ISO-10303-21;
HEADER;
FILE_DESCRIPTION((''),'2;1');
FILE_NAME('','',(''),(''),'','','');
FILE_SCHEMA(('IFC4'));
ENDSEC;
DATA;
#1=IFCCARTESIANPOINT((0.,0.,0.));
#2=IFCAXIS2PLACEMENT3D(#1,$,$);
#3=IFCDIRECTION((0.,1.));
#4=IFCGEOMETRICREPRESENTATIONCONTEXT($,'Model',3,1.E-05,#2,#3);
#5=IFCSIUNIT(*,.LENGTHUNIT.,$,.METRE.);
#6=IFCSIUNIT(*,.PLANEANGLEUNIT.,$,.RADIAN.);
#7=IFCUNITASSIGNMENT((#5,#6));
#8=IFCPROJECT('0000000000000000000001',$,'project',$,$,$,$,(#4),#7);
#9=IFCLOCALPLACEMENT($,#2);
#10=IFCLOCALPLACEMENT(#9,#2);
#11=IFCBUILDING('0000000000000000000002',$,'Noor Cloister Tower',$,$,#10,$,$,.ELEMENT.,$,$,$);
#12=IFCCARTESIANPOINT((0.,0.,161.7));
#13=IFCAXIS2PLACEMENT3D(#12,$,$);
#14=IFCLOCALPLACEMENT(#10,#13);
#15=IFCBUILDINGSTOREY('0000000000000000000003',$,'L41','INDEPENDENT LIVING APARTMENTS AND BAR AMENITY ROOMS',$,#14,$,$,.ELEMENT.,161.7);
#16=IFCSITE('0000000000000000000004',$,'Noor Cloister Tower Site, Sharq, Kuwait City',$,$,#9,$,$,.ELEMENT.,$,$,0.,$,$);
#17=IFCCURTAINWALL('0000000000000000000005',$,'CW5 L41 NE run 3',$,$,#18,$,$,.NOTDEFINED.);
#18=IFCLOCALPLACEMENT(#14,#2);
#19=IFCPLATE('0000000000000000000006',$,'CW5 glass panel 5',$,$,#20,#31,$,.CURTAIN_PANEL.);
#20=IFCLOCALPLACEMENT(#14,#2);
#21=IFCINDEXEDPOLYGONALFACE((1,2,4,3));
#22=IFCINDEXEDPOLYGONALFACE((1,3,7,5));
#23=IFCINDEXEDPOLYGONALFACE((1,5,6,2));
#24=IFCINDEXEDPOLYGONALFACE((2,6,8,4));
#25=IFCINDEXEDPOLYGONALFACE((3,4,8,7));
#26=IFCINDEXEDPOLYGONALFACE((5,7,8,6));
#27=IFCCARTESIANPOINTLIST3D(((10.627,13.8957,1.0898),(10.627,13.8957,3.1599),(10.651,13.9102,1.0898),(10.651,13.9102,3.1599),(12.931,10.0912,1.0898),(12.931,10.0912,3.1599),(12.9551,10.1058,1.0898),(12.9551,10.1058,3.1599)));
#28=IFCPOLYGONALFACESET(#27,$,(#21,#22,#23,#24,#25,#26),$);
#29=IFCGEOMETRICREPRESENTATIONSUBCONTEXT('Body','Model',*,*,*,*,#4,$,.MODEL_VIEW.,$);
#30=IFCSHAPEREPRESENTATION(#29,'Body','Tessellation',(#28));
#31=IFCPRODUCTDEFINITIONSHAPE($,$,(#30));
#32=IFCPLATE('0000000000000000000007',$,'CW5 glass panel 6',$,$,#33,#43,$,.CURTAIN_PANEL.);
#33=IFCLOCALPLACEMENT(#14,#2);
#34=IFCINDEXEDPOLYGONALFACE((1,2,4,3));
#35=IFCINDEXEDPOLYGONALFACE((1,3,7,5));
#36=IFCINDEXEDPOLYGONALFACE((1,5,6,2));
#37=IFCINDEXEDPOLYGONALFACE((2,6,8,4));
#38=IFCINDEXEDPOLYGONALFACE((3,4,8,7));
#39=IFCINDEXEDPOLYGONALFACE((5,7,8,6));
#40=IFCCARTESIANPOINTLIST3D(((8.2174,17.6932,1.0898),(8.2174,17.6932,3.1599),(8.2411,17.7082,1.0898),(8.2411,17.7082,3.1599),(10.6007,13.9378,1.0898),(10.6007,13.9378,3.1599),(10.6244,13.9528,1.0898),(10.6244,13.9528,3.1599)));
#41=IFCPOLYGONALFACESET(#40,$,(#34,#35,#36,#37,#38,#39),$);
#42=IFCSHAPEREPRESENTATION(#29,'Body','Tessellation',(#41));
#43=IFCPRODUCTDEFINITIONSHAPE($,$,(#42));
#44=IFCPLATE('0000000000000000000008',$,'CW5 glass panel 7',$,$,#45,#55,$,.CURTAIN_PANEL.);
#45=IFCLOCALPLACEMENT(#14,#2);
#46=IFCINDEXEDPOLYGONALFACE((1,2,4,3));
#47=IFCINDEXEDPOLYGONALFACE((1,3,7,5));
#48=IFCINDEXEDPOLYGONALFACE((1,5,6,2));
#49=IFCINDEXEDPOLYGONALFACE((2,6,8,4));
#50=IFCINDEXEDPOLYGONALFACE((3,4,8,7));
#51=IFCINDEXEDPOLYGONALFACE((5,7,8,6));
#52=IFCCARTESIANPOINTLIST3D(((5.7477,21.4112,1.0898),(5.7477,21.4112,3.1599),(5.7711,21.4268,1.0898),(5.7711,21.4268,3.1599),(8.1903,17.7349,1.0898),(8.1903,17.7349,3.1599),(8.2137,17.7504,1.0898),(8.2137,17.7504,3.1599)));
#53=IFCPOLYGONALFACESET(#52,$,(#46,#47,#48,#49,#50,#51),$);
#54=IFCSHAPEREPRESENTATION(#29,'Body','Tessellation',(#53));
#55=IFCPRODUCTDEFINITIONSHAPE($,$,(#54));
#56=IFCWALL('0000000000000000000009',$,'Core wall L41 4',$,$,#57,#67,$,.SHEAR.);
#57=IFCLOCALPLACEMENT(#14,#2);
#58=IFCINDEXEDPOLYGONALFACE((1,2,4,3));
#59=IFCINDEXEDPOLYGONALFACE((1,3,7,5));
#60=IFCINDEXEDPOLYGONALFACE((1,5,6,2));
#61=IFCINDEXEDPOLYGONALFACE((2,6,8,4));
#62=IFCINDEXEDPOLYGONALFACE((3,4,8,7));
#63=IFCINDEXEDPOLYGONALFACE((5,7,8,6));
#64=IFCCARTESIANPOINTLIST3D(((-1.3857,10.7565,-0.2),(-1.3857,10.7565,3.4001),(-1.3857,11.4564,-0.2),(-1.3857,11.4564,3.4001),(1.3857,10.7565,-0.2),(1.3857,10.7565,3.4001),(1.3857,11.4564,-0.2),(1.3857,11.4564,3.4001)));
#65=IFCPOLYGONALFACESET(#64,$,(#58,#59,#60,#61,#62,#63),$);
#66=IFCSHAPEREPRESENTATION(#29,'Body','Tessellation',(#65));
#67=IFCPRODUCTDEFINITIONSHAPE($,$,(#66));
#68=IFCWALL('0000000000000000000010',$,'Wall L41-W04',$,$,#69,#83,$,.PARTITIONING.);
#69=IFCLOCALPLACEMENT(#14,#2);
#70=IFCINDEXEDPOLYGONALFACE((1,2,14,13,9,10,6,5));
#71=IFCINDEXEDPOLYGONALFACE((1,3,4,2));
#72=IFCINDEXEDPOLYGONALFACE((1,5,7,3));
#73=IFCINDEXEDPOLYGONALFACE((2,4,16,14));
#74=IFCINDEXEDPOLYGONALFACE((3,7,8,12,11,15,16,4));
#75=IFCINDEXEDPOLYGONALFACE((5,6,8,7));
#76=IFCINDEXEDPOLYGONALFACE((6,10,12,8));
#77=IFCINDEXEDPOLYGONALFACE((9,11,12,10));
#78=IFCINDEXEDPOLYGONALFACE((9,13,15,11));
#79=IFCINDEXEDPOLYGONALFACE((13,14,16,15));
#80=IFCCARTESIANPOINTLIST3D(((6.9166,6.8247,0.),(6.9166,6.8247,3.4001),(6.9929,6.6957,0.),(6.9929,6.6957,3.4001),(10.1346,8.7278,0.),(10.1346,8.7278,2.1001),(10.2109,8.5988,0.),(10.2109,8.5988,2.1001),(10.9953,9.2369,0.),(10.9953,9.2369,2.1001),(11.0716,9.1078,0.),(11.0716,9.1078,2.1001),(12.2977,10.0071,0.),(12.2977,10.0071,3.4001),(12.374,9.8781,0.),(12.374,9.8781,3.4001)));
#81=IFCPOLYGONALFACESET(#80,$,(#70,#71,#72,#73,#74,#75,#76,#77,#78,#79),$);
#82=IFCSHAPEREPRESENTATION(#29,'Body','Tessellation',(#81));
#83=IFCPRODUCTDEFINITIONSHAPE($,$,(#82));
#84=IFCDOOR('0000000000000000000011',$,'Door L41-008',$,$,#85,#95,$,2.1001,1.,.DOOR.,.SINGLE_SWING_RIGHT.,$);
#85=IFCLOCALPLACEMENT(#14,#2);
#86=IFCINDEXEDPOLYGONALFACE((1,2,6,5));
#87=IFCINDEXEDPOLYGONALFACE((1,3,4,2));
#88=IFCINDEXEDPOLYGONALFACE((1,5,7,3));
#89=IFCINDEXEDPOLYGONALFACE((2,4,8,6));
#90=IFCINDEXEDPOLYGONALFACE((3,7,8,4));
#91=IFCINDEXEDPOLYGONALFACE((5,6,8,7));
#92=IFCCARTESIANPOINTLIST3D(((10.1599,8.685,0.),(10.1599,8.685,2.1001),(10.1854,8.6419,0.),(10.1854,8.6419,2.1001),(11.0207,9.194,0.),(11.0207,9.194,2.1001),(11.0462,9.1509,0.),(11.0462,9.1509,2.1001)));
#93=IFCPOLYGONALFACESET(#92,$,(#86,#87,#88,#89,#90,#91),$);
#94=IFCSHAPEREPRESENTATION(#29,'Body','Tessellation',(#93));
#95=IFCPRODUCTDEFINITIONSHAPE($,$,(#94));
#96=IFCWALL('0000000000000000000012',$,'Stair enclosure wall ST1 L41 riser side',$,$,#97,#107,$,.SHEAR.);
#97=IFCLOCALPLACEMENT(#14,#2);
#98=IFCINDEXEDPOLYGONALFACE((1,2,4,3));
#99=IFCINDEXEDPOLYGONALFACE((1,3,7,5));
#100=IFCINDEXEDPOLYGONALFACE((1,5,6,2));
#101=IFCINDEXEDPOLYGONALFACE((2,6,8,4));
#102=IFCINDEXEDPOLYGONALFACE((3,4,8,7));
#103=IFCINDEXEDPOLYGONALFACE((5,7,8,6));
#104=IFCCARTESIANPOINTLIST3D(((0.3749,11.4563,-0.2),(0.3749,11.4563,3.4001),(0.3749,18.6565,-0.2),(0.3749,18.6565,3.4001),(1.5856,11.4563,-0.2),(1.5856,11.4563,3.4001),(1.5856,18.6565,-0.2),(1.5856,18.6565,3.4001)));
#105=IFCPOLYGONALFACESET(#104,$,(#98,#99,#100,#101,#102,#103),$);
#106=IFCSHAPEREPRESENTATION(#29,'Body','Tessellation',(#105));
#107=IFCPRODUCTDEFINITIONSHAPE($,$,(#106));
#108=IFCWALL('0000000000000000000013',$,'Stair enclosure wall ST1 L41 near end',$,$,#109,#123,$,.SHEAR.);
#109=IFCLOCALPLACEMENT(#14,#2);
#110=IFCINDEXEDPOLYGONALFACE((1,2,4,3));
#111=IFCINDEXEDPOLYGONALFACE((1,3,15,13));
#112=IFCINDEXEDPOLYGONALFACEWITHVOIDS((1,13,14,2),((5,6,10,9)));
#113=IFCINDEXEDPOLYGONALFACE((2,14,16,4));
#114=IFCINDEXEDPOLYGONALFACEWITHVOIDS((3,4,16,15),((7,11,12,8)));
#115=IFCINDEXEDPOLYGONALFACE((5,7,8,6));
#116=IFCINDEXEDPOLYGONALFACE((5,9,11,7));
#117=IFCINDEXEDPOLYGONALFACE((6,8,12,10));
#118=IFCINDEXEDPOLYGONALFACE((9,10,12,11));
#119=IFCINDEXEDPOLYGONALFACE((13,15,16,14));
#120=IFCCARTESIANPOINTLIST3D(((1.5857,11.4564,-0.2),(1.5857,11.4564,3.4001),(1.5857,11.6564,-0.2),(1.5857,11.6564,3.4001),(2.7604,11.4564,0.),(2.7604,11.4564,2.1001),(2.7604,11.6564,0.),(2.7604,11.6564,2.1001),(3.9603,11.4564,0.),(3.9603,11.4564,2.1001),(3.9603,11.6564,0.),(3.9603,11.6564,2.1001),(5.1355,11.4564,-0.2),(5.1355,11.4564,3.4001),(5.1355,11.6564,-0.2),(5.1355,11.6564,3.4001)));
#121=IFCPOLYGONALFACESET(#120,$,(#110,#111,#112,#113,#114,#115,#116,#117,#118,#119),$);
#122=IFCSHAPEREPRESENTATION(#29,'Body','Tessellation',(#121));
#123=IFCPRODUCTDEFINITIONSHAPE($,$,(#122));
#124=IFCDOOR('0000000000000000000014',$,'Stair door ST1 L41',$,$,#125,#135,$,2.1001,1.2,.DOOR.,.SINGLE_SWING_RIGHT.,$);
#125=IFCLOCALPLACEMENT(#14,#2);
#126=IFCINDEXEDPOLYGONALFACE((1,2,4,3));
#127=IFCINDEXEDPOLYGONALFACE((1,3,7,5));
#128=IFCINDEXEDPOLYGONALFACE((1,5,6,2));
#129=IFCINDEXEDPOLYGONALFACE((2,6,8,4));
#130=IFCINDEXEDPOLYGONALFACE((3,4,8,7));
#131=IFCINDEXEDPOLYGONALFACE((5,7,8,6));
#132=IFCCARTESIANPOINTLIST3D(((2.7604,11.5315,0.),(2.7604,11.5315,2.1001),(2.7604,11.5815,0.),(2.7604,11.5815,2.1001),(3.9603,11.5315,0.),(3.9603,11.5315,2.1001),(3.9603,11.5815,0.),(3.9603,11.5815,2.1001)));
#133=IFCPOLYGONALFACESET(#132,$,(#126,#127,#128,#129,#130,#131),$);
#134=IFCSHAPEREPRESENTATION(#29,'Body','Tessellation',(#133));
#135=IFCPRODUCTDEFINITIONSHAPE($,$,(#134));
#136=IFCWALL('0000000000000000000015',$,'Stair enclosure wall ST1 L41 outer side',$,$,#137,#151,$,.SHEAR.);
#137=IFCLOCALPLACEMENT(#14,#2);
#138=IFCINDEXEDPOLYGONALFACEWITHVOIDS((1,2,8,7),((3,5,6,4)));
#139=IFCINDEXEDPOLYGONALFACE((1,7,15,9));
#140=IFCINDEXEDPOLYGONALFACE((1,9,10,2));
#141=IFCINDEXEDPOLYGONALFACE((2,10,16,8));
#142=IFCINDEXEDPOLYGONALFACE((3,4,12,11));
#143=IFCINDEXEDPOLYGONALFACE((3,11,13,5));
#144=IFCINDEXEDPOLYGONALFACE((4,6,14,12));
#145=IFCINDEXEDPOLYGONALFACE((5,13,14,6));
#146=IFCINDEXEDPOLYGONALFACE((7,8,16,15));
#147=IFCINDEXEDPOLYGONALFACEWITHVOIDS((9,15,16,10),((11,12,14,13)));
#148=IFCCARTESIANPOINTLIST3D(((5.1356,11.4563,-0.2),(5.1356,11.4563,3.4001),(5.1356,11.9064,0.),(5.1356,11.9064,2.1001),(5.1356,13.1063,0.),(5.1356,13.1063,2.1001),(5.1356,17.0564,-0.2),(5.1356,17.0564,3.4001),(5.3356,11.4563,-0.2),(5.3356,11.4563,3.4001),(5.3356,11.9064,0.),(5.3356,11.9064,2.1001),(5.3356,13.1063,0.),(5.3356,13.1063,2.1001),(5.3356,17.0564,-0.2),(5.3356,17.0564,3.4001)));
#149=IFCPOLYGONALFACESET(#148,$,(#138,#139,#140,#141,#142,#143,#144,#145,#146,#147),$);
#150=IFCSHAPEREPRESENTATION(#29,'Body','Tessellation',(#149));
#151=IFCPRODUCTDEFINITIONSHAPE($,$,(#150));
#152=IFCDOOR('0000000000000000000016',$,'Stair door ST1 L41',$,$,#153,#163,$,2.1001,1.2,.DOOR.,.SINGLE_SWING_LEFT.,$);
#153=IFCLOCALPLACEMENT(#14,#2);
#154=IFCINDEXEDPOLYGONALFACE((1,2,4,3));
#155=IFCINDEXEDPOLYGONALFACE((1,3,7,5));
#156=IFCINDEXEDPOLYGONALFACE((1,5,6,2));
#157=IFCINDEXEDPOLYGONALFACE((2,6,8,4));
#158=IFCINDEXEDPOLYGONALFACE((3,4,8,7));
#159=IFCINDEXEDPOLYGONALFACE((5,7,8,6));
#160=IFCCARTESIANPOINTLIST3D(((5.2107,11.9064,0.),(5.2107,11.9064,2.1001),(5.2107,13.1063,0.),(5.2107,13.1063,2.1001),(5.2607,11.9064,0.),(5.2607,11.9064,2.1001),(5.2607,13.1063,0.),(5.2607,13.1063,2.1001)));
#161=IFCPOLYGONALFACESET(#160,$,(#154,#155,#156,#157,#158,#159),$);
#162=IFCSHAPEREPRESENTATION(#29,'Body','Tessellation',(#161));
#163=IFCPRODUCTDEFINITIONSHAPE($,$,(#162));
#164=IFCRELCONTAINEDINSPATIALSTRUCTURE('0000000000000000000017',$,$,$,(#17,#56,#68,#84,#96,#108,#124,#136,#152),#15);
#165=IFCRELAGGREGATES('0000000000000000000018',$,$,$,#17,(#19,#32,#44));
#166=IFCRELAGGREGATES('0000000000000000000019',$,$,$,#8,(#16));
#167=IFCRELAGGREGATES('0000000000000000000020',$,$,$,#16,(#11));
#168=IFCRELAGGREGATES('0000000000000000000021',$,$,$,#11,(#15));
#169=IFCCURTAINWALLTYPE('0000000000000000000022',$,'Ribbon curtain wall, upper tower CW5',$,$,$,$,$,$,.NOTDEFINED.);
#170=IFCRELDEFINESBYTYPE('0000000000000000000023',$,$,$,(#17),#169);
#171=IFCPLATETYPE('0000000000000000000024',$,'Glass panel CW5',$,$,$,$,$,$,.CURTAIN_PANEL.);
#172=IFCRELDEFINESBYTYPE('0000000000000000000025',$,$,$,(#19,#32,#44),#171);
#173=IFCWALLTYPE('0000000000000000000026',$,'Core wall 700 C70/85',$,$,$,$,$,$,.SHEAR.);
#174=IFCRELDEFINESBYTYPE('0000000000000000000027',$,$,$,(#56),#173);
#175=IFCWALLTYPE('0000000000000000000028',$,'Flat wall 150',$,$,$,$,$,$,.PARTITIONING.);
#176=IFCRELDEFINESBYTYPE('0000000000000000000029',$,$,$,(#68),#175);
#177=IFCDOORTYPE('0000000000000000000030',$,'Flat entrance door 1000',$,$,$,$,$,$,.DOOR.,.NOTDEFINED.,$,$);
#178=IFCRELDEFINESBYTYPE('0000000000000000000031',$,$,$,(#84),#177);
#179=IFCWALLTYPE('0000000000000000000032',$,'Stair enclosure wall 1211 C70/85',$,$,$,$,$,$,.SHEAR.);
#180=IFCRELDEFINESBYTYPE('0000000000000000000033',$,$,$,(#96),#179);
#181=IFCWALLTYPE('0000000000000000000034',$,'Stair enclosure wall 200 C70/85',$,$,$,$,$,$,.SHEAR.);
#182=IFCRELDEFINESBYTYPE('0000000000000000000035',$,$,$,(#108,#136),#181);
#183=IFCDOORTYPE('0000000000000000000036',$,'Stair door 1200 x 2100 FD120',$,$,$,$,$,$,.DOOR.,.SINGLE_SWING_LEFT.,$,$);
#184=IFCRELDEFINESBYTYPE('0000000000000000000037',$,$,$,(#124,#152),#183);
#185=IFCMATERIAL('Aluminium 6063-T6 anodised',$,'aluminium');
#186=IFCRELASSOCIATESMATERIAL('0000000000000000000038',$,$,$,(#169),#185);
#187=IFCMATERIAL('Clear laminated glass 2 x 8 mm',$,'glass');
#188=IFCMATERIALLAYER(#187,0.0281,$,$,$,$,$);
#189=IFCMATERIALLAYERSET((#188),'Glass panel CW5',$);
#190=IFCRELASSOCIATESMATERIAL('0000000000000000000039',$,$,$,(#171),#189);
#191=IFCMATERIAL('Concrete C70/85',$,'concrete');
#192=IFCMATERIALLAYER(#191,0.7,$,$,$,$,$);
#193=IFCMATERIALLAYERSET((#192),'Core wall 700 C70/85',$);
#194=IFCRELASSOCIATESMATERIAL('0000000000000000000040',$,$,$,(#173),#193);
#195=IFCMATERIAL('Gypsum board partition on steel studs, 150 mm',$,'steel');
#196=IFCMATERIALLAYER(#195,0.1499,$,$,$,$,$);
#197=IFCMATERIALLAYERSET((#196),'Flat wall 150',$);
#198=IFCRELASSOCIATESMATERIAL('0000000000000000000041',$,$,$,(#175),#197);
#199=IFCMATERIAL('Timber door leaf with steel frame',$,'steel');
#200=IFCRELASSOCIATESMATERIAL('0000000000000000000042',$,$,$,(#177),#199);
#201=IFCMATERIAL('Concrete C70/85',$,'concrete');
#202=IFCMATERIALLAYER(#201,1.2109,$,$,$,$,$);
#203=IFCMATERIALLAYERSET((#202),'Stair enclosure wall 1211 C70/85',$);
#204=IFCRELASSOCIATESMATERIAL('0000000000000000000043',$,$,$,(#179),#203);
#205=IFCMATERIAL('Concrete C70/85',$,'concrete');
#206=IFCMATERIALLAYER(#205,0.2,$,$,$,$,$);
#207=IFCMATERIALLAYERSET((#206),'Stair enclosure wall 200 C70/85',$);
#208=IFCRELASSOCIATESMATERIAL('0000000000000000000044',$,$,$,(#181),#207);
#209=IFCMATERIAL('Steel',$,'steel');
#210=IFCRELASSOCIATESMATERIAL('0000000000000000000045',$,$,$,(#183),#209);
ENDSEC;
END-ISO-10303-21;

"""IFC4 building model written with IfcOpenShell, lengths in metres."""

from ifc_helpers import new_model, si_unit, direction, frame, frame_2d, origin, origin_2d, place, context, subcontext, project, spatial, rectangle, extrude, material, layer, layer_set, type_object, element, fill, aggregate, save


model = new_model("IFC4")

# Units and contexts
model_context = context("Model", 3, precision=1e-05, world=origin(), true_north=direction((0.0, 1.0)))
body_context = subcontext(model_context, "Body", "Model", "MODEL_VIEW")
ifc_project = project(units=[si_unit("LENGTHUNIT", "METRE"), si_unit("PLANEANGLEUNIT", "RADIAN")], contexts=[model_context])

# Site, building, storey
site_placement = place(None, origin())
site = spatial("IfcSite", under=ifc_project, at=site_placement, Name="Noor Cloister Tower Site, Sharq, Kuwait City", CompositionType="ELEMENT", RefElevation=0.0)
building_placement = place(site_placement, origin())
building = spatial("IfcBuilding", under=site, at=building_placement, Name="Noor Cloister Tower", CompositionType="ELEMENT")
storey_placement = place(building_placement, frame((0.0, 0.0, 161.7)))
storey = spatial("IfcBuildingStorey", under=building, at=storey_placement, Name="L41", Description="INDEPENDENT LIVING APARTMENTS AND BAR AMENITY ROOMS", CompositionType="ELEMENT", Elevation=161.7)

# Curtain wall
ifc_material_1 = material(Name="Aluminium 6063-T6 anodised", Category="aluminium")
curtain_wall_type = type_object("IfcCurtainWallType", Name="Ribbon curtain wall, upper tower CW5", PredefinedType="NOTDEFINED", material=ifc_material_1)
curtain_wall_placement = place(storey_placement, origin())
curtain_wall = element("IfcCurtainWall", 1, at=curtain_wall_placement, inside=storey, type_object=curtain_wall_type, Name="CW5 L41 NE run 3", PredefinedType="NOTDEFINED")

# Plates
ifc_material_2 = material(Name="Clear laminated glass 2 x 8 mm", Category="glass")
ifc_layer_1 = layer(ifc_material_2, 0.0281)
ifc_layer_set_1 = layer_set([ifc_layer_1], Name="Glass panel CW5")
plate_type = type_object("IfcPlateType", Name="Glass panel CW5", PredefinedType="CURTAIN_PANEL", material=ifc_layer_set_1)
plate_1_placement = place(storey_placement, frame((11.791, 12.0007, 1.0898), z_axis=(0.0, 0.0, 1.0), x_axis=(-0.518029, 0.855363, 0.0)))
plate_1 = element("IfcPlate", 2, at=plate_1_placement, type_object=plate_type, Name="CW5 glass panel 5", PredefinedType="CURTAIN_PANEL", context=body_context, shape_type="SweptSolid", body=[
    extrude(rectangle(XDim=4.4478, YDim=0.0281, at=origin_2d()), origin(), (0.0, 0.0, 1.0), 2.0701),
])
plate_2_placement = place(storey_placement, frame((9.4209, 15.823, 1.0898), z_axis=(0.0, 0.0, 1.0), x_axis=(-0.535831, 0.844325, 0.0)))
plate_2 = element("IfcPlate", 3, at=plate_2_placement, type_object=plate_type, Name="CW5 glass panel 6", PredefinedType="CURTAIN_PANEL", context=body_context, shape_type="SweptSolid", body=[
    extrude(rectangle(XDim=4.4478, YDim=0.0281, at=origin_2d()), origin(), (0.0, 0.0, 1.0), 2.0701),
])
plate_3_placement = place(storey_placement, frame((6.9807, 19.5808, 1.0898), z_axis=(0.0, 0.0, 1.0), x_axis=(-0.553398, 0.832917, 0.0)))
plate_3 = element("IfcPlate", 4, at=plate_3_placement, type_object=plate_type, Name="CW5 glass panel 7", PredefinedType="CURTAIN_PANEL", context=body_context, shape_type="SweptSolid", body=[
    extrude(rectangle(XDim=4.4138, YDim=0.0281, at=origin_2d()), origin(), (0.0, 0.0, 1.0), 2.0701),
])
aggregate(curtain_wall, [plate_1, plate_2, plate_3])

# Wall
ifc_material_3 = material(Name="Concrete C70/85", Category="concrete")
ifc_layer_2 = layer(ifc_material_3, 0.7)
ifc_layer_set_2 = layer_set([ifc_layer_2], Name="Core wall 700 C70/85")
wall_type_1 = type_object("IfcWallType", Name="Core wall 700 C70/85", PredefinedType="SHEAR", material=ifc_layer_set_2)
wall_1_placement = place(storey_placement, frame((1.3857, 11.1064, -0.2), z_axis=(0.0, 0.0, 1.0), x_axis=(-1.0, 0.0, 0.0)))
element("IfcWall", 5, at=wall_1_placement, inside=storey, type_object=wall_type_1, Name="Core wall L41 4", PredefinedType="SHEAR", context=body_context, shape_type="SweptSolid", body=[
    extrude(rectangle(XDim=2.7715, YDim=0.7, at=frame_2d((1.3857, 0.0))), origin(), (0.0, 0.0, 1.0), 3.6001),
])

# Wall, opening, door
ifc_material_4 = material(Name="Gypsum board partition on steel studs, 150 mm", Category="steel")
ifc_layer_3 = layer(ifc_material_4, 0.1499)
ifc_layer_set_3 = layer_set([ifc_layer_3], Name="Flat wall 150")
wall_type_2 = type_object("IfcWallType", Name="Flat wall 150", PredefinedType="PARTITIONING", material=ifc_layer_set_3)
wall_2_placement = place(storey_placement, frame((12.3359, 9.9426, 0.0), z_axis=(0.0, 0.0, 1.0), x_axis=(-0.860742, -0.509041, 0.0)))
wall_2 = element("IfcWall", 6, at=wall_2_placement, inside=storey, type_object=wall_type_2, Name="Wall L41-W04", PredefinedType="PARTITIONING", context=body_context, shape_type="SweptSolid", body=[
    extrude(rectangle(XDim=6.2517, YDim=0.1499, at=frame_2d((3.126, 0.0))), origin(), (0.0, 0.0, 1.0), 3.4001),
])
opening_1_placement = place(wall_2_placement, frame((1.5132, 0.0, 0.0)))
opening_1 = element("IfcOpeningElement", 7, at=opening_1_placement, cuts=wall_2, PredefinedType="OPENING", context=body_context, shape_type="SweptSolid", body=[
    extrude(rectangle(XDim=1.0, YDim=2.1001, at=frame_2d((0.5, 1.05))), frame((0.0, 0.085, 0.0), z_axis=(0.0, -1.0, 0.0), x_axis=(1.0, 0.0, 0.0)), (0.0, 0.0, 1.0), 0.1699),
])
ifc_material_5 = material(Name="Timber door leaf with steel frame", Category="steel")
door_type_1 = type_object("IfcDoorType", Name="Flat entrance door 1000", OperationType="NOTDEFINED", PredefinedType="DOOR", material=ifc_material_5)
door_1_placement = place(opening_1_placement, origin())
door_1 = element("IfcDoor", 8, at=door_1_placement, inside=storey, type_object=door_type_1, Name="Door L41-008", OperationType="SINGLE_SWING_RIGHT", OverallHeight=2.1001, OverallWidth=1.0, PredefinedType="DOOR", context=body_context, shape_type="SweptSolid", body=[
    extrude(rectangle(XDim=1.0, YDim=2.1001, at=frame_2d((0.5, 1.05))), frame((0.0, 0.0249, 0.0), z_axis=(0.0, -1.0, 0.0), x_axis=(1.0, 0.0, 0.0)), (0.0, 0.0, 1.0), 0.05),
])
fill(opening_1, door_1)

# Wall
ifc_material_6 = material(Name="Concrete C70/85", Category="concrete")
ifc_layer_4 = layer(ifc_material_6, 1.2109)
ifc_layer_set_4 = layer_set([ifc_layer_4], Name="Stair enclosure wall 1211 C70/85")
wall_type_3 = type_object("IfcWallType", Name="Stair enclosure wall 1211 C70/85", PredefinedType="SHEAR", material=ifc_layer_set_4)
wall_3_placement = place(storey_placement, frame((0.9802, 11.4563, -0.2), z_axis=(0.0, 0.0, 1.0), x_axis=(0.0, 1.0, 0.0)))
element("IfcWall", 9, at=wall_3_placement, inside=storey, type_object=wall_type_3, Name="Stair enclosure wall ST1 L41 riser side", PredefinedType="SHEAR", context=body_context, shape_type="SweptSolid", body=[
    extrude(rectangle(XDim=7.2002, YDim=1.2107, at=frame_2d((3.6001, 0.0))), origin(), (0.0, 0.0, 1.0), 3.6001),
])

# Walls, openings, doors
ifc_material_7 = material(Name="Concrete C70/85", Category="concrete")
ifc_layer_5 = layer(ifc_material_7, 0.2)
ifc_layer_set_5 = layer_set([ifc_layer_5], Name="Stair enclosure wall 200 C70/85")
wall_type_4 = type_object("IfcWallType", Name="Stair enclosure wall 200 C70/85", PredefinedType="SHEAR", material=ifc_layer_set_5)
wall_4_placement = place(storey_placement, frame((5.1355, 11.5564, -0.2), z_axis=(0.0, 0.0, 1.0), x_axis=(-1.0, 0.0, 0.0)))
wall_4 = element("IfcWall", 10, at=wall_4_placement, inside=storey, type_object=wall_type_4, Name="Stair enclosure wall ST1 L41 near end", PredefinedType="SHEAR", context=body_context, shape_type="SweptSolid", body=[
    extrude(rectangle(XDim=3.5498, YDim=0.2, at=frame_2d((1.7749, 0.0))), origin(), (0.0, 0.0, 1.0), 3.6001),
])
opening_2_placement = place(wall_4_placement, frame((1.175, 0.0, 0.2)))
opening_2 = element("IfcOpeningElement", 11, at=opening_2_placement, cuts=wall_4, PredefinedType="OPENING", context=body_context, shape_type="SweptSolid", body=[
    extrude(rectangle(XDim=1.2, YDim=2.1001, at=frame_2d((0.6001, 1.05))), frame((0.0, 0.1099, 0.0), z_axis=(0.0, -1.0, 0.0), x_axis=(1.0, 0.0, 0.0)), (0.0, 0.0, 1.0), 0.22),
])
ifc_material_8 = material(Name="Steel", Category="steel")
door_type_2 = type_object("IfcDoorType", Name="Stair door 1200 x 2100 FD120", OperationType="SINGLE_SWING_LEFT", PredefinedType="DOOR", material=ifc_material_8)
door_2_placement = place(opening_2_placement, origin())
door_2 = element("IfcDoor", 12, at=door_2_placement, inside=storey, type_object=door_type_2, Name="Stair door ST1 L41", OperationType="SINGLE_SWING_RIGHT", OverallHeight=2.1001, OverallWidth=1.2, PredefinedType="DOOR", context=body_context, shape_type="SweptSolid", body=[
    extrude(rectangle(XDim=1.2, YDim=2.1001, at=frame_2d((0.6001, 1.05))), frame((0.0, 0.0249, 0.0), z_axis=(0.0, -1.0, 0.0), x_axis=(1.0, 0.0, 0.0)), (0.0, 0.0, 1.0), 0.05),
])
fill(opening_2, door_2)
wall_5_placement = place(storey_placement, frame((5.2356, 11.4563, -0.2), z_axis=(0.0, 0.0, 1.0), x_axis=(0.0, 1.0, 0.0)))
wall_5 = element("IfcWall", 13, at=wall_5_placement, inside=storey, type_object=wall_type_4, Name="Stair enclosure wall ST1 L41 outer side", PredefinedType="SHEAR", context=body_context, shape_type="SweptSolid", body=[
    extrude(rectangle(XDim=5.6001, YDim=0.2, at=frame_2d((2.8, 0.0))), origin(), (0.0, 0.0, 1.0), 3.6001),
])
opening_3_placement = place(wall_5_placement, frame((0.45, 0.0, 0.2)))
opening_3 = element("IfcOpeningElement", 14, at=opening_3_placement, cuts=wall_5, PredefinedType="OPENING", context=body_context, shape_type="SweptSolid", body=[
    extrude(rectangle(XDim=1.2, YDim=2.1001, at=frame_2d((0.6001, 1.05))), frame((0.0, 0.1099, 0.0), z_axis=(0.0, -1.0, 0.0), x_axis=(1.0, 0.0, 0.0)), (0.0, 0.0, 1.0), 0.22),
])
door_3_placement = place(opening_3_placement, origin())
door_3 = element("IfcDoor", 15, at=door_3_placement, inside=storey, type_object=door_type_2, Name="Stair door ST1 L41", OperationType="SINGLE_SWING_LEFT", OverallHeight=2.1001, OverallWidth=1.2, PredefinedType="DOOR", context=body_context, shape_type="SweptSolid", body=[
    extrude(rectangle(XDim=1.2, YDim=2.1001, at=frame_2d((0.6001, 1.05))), frame((0.0, 0.0249, 0.0), z_axis=(0.0, -1.0, 0.0), x_axis=(1.0, 0.0, 0.0)), (0.0, 0.0, 1.0), 0.05),
])
fill(opening_3, door_3)

save(model, "model.ifc")
